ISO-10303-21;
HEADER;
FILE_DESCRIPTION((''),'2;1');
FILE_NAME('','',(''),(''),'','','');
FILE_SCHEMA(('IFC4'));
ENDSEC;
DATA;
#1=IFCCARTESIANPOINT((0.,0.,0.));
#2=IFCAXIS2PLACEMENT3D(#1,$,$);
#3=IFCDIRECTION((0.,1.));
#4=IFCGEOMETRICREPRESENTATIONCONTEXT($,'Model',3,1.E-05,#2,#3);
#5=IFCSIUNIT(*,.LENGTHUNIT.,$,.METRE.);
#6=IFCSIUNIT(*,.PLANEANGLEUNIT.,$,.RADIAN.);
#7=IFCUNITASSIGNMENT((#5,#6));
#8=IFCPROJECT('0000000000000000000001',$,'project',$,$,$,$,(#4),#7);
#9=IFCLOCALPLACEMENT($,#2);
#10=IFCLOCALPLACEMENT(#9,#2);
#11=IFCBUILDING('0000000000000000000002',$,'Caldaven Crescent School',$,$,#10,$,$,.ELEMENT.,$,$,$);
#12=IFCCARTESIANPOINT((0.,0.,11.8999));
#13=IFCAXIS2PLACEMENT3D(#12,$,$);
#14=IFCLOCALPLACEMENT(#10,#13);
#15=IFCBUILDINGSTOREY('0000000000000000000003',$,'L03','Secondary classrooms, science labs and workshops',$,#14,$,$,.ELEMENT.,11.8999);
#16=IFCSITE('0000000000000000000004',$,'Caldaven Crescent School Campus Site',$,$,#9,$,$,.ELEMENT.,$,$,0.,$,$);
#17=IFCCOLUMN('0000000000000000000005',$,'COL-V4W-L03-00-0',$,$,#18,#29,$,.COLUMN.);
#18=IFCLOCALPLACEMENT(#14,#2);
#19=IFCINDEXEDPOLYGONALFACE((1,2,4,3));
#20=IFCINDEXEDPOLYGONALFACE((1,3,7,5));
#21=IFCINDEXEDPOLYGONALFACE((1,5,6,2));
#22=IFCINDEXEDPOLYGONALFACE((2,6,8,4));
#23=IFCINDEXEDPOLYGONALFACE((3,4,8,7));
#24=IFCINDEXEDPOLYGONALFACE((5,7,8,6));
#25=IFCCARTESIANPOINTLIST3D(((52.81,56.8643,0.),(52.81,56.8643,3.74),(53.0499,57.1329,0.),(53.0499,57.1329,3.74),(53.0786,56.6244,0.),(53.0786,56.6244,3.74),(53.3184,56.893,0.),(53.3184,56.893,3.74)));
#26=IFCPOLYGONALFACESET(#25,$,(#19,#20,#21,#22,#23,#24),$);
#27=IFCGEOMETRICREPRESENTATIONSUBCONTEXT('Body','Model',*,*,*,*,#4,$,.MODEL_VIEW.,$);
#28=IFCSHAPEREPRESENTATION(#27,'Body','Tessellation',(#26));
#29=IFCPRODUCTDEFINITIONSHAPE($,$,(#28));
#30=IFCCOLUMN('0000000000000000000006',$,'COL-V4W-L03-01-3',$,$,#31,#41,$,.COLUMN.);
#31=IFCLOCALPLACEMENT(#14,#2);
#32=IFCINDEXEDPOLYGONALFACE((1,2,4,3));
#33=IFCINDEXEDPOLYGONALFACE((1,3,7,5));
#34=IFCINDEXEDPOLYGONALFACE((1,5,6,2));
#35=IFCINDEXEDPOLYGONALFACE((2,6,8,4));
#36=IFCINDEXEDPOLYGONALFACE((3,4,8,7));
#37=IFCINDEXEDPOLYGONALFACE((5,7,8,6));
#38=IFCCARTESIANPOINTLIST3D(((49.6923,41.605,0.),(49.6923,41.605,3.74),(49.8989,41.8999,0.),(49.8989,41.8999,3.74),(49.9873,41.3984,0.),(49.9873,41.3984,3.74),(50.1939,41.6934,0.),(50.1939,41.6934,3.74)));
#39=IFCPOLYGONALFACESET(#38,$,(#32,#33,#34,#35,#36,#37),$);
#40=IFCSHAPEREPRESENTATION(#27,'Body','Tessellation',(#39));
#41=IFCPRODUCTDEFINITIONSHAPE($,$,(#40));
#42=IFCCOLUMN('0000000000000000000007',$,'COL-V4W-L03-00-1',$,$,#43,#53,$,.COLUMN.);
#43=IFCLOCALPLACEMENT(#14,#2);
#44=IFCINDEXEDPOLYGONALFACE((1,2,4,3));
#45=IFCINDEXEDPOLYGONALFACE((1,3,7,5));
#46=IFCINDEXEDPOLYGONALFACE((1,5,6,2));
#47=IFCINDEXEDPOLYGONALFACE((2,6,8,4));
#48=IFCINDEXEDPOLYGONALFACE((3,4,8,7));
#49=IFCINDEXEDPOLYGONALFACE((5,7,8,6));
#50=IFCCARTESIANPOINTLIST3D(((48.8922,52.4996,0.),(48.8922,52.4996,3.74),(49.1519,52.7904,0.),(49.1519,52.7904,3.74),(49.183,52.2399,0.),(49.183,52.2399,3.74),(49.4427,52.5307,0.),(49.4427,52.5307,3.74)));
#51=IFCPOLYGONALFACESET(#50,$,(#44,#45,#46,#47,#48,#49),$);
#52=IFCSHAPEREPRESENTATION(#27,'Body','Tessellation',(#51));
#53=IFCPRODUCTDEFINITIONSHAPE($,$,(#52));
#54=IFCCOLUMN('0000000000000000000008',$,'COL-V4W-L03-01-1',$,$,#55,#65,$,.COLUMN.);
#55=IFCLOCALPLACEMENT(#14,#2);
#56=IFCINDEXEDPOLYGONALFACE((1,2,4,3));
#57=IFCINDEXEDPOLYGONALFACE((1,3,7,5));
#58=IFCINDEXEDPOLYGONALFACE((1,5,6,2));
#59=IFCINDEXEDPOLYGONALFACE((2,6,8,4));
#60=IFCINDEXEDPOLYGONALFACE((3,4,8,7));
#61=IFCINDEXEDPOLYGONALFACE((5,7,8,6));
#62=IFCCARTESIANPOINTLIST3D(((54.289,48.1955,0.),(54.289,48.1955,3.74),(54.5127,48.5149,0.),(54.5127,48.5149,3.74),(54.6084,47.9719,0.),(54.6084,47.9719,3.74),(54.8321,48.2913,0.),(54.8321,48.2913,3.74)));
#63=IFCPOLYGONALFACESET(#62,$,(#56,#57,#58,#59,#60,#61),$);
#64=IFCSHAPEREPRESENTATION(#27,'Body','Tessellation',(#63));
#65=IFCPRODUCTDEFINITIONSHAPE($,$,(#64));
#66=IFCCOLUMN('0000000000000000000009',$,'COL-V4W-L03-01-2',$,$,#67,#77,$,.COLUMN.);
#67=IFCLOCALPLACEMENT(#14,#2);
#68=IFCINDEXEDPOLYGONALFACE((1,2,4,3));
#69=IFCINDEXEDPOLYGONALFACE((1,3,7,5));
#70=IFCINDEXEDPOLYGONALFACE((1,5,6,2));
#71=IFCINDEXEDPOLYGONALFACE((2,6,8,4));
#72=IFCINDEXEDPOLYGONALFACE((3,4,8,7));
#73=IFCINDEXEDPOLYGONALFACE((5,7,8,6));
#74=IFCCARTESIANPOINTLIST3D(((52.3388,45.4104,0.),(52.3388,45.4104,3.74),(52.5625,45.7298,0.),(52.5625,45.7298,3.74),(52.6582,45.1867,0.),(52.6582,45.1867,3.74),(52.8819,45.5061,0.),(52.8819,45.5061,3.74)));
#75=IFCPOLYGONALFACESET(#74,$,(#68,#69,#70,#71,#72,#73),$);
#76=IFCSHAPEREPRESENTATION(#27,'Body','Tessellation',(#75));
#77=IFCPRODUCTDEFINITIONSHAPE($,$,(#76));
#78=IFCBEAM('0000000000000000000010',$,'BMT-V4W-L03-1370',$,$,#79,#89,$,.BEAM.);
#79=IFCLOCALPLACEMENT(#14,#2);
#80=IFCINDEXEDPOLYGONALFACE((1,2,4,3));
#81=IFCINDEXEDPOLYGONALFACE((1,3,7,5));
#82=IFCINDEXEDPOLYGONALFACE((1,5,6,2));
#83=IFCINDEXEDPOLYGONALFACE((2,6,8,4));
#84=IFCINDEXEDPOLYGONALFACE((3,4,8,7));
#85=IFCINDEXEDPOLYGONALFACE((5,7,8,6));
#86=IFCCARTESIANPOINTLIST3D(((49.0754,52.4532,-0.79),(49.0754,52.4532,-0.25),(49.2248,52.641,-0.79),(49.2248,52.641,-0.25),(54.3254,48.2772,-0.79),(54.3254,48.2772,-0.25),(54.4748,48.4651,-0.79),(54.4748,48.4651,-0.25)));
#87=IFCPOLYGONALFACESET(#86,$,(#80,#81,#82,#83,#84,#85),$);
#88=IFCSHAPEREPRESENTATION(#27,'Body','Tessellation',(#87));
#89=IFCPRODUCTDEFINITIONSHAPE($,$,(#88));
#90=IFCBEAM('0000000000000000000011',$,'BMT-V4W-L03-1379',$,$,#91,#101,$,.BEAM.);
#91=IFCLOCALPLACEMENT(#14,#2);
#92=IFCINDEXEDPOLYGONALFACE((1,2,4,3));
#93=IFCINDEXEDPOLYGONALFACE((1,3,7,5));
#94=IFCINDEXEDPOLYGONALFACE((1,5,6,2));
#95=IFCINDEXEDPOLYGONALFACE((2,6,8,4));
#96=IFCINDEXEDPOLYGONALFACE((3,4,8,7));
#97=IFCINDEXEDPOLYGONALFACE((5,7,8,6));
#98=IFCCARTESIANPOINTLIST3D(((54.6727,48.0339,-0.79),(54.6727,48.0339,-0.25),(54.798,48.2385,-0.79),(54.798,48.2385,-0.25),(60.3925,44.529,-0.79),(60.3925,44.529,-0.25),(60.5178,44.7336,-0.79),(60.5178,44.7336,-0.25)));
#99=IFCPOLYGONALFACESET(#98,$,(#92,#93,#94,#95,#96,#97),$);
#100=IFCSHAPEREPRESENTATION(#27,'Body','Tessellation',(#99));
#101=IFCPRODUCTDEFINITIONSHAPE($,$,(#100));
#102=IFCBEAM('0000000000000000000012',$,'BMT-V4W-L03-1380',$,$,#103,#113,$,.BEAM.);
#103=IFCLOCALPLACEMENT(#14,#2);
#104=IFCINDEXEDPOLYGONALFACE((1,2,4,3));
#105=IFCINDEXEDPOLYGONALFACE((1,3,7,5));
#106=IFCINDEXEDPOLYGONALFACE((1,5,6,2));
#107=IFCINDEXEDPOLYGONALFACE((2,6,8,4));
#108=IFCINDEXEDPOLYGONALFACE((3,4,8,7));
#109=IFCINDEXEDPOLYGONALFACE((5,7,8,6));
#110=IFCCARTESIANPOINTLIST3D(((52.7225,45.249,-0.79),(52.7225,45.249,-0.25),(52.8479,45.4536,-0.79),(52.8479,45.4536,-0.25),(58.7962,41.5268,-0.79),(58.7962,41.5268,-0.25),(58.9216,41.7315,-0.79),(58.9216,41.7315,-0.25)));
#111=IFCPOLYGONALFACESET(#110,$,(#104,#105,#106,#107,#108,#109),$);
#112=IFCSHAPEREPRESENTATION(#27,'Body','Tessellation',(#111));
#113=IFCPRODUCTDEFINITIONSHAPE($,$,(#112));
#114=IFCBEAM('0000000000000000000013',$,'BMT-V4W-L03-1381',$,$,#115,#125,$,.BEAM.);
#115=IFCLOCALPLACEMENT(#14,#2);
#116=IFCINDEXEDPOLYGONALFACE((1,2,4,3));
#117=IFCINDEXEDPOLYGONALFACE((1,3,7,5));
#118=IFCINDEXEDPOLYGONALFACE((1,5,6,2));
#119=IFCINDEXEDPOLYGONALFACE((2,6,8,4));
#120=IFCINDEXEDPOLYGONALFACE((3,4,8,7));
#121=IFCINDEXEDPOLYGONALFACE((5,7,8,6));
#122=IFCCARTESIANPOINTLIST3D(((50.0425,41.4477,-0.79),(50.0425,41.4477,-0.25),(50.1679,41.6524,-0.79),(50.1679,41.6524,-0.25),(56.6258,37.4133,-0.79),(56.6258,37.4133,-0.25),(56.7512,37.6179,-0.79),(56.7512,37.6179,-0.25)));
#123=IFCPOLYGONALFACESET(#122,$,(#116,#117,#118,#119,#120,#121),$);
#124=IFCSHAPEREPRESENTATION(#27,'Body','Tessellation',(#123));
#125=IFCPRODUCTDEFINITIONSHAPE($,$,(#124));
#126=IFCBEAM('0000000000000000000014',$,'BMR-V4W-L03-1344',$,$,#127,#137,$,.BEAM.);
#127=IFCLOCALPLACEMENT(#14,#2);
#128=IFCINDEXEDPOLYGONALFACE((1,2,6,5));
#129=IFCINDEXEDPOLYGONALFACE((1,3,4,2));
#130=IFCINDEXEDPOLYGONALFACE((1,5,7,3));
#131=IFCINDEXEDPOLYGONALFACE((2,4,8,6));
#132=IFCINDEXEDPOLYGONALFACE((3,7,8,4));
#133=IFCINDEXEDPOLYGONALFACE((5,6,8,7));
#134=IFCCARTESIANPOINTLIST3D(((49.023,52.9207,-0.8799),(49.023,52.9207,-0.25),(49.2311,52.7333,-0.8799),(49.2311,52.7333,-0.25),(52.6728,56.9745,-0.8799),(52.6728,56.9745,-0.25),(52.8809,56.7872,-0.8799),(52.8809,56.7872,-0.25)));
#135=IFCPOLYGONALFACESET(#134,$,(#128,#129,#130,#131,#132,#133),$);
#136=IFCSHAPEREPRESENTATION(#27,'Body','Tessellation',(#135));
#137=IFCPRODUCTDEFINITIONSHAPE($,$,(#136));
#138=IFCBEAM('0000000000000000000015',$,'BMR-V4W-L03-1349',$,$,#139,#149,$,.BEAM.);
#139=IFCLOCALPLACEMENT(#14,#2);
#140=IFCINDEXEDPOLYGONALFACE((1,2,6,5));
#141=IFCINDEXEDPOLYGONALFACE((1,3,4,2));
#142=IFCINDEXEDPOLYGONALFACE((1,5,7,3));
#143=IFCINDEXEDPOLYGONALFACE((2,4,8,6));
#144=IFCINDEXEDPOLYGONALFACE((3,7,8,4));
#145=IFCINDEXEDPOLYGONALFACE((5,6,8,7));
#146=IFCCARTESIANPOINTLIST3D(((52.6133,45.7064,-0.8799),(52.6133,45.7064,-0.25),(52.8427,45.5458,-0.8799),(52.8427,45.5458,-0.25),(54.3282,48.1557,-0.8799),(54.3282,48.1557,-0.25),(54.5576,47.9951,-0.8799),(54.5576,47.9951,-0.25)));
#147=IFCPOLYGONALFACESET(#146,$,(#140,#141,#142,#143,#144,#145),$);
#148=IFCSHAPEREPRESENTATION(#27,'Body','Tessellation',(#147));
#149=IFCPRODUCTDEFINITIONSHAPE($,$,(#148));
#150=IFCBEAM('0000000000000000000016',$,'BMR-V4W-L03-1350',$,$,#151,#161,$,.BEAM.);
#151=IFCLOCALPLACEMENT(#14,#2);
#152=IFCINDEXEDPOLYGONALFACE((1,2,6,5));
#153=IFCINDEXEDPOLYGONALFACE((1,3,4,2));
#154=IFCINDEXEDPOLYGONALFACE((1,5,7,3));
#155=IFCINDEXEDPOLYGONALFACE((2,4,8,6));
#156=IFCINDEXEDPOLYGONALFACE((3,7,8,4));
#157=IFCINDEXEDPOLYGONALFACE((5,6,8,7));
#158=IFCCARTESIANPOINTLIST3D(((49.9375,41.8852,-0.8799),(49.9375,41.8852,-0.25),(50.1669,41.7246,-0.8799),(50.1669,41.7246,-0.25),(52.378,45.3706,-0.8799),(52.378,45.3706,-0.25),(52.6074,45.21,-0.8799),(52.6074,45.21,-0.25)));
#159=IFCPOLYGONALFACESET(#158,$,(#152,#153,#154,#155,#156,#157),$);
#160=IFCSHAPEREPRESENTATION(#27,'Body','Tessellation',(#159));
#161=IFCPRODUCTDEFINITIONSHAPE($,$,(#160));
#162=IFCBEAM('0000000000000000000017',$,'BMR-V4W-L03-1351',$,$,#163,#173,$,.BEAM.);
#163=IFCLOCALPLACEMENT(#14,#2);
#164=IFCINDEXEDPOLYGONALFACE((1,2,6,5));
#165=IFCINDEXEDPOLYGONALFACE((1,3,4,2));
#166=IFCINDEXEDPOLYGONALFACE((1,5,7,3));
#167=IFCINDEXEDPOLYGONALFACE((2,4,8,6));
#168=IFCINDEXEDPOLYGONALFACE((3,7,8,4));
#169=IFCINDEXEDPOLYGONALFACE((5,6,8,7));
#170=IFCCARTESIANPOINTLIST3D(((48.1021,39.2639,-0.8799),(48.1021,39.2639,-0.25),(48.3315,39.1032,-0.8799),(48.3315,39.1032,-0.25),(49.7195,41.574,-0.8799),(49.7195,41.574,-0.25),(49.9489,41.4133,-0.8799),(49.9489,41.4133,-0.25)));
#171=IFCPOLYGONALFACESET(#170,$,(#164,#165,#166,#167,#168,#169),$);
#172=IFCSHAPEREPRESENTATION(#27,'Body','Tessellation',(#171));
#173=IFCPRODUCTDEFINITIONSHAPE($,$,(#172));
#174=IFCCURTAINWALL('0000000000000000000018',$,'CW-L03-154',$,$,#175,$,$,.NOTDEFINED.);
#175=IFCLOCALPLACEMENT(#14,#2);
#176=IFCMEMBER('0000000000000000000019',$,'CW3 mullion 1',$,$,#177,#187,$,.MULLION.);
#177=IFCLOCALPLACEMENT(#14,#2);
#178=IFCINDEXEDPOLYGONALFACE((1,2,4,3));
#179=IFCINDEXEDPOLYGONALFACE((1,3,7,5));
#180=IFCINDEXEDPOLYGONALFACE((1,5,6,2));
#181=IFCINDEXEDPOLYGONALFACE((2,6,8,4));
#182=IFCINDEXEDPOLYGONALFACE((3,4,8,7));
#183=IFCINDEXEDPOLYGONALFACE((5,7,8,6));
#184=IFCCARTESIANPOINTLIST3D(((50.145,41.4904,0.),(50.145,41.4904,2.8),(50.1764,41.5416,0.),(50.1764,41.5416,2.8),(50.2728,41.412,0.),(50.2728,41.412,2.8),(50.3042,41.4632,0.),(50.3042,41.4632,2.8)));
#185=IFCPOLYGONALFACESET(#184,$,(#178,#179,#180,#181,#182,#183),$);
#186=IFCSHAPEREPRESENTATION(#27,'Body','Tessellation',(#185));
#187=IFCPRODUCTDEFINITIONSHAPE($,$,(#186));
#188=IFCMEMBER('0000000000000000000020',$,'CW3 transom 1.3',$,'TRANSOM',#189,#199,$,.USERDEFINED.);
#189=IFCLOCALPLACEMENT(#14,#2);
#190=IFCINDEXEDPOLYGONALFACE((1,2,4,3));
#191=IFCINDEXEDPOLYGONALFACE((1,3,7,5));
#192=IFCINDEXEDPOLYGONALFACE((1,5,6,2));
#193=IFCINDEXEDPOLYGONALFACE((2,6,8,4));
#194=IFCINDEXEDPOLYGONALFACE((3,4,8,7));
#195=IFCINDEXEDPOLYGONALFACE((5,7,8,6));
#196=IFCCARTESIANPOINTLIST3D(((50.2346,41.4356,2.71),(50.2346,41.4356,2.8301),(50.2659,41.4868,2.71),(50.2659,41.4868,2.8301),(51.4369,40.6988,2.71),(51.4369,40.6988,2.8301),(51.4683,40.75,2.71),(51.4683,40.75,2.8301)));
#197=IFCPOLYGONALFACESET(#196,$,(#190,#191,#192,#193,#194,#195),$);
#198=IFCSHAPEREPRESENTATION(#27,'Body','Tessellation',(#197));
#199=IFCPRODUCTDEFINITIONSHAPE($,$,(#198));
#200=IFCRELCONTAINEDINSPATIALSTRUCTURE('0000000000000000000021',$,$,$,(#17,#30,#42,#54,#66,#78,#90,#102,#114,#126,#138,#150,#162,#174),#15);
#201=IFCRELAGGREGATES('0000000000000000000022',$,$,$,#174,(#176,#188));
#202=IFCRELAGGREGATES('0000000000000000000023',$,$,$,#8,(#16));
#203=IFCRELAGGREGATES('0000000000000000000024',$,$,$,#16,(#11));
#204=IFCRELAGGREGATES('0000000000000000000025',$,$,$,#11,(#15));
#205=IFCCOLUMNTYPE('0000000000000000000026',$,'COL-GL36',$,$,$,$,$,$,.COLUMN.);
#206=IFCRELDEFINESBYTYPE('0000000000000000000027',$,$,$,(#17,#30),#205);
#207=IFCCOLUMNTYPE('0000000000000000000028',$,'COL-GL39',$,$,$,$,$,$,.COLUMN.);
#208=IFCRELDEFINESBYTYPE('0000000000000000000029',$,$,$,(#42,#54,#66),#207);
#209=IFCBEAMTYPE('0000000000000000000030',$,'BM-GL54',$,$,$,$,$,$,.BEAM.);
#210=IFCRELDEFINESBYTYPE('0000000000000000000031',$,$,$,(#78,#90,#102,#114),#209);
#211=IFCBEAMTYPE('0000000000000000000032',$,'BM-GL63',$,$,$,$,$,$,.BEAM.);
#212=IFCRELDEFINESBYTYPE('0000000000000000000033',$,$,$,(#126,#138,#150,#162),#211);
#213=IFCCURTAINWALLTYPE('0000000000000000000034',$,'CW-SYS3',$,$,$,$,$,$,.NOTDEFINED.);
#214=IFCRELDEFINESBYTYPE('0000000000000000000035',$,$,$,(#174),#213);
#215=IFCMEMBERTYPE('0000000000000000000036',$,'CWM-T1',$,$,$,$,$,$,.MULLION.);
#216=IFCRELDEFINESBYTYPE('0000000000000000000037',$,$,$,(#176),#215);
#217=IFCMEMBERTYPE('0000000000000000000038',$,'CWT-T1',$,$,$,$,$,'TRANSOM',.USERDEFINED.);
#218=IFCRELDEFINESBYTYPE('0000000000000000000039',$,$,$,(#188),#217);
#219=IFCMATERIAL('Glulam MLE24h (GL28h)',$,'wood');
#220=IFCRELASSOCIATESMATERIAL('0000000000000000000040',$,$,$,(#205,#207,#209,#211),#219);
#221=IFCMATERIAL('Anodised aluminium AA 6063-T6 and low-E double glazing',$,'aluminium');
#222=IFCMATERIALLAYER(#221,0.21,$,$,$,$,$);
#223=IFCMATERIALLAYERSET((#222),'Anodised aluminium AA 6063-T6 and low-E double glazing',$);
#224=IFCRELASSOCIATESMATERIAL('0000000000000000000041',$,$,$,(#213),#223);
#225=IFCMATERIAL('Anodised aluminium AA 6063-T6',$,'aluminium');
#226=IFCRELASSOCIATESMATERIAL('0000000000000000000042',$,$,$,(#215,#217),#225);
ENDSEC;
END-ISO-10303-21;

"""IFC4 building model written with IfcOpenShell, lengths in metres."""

from ifc_helpers import new_model, si_unit, direction, frame, origin, origin_2d, place, context, subcontext, project, spatial, rectangle, extrude, material, layer, layer_set, material_profile, profile_set, type_object, element, aggregate, save


model = new_model("IFC4")

# Units and contexts
model_context = context("Model", 3, precision=1e-05, world=origin(), true_north=direction((0.0, 1.0)))
body_context = subcontext(model_context, "Body", "Model", "MODEL_VIEW")
ifc_project = project(units=[si_unit("LENGTHUNIT", "METRE"), si_unit("PLANEANGLEUNIT", "RADIAN")], contexts=[model_context])

# Site, building, storey
site_placement = place(None, origin())
site = spatial("IfcSite", under=ifc_project, at=site_placement, Name="Caldaven Crescent School Campus Site", CompositionType="ELEMENT", RefElevation=0.0)
building_placement = place(site_placement, origin())
building = spatial("IfcBuilding", under=site, at=building_placement, Name="Caldaven Crescent School", CompositionType="ELEMENT")
storey_placement = place(building_placement, frame((0.0, 0.0, 11.8999)))
storey = spatial("IfcBuildingStorey", under=building, at=storey_placement, Name="L03", Description="Secondary classrooms, science labs and workshops", CompositionType="ELEMENT", Elevation=11.8999)

# Columns
ifc_material_1 = material(Name="Glulam MLE24h (GL28h)", Category="wood")
ifc_material_profile_1 = material_profile(ifc_material_1, rectangle(XDim=0.3601, YDim=0.3601, at=origin_2d()), Name="MLE 360x360")
ifc_profile_set_1 = profile_set([ifc_material_profile_1], Name="Glulam MLE24h (GL28h)")
column_type_1 = type_object("IfcColumnType", Name="COL-GL36", PredefinedType="COLUMN", material=ifc_profile_set_1)
for number, where, z_axis, x_axis, name in (
    (1, (53.0642, 56.8787, 0.0), (0.0, 0.0, 1.0), (-0.666142, -0.745825, 0.0), "COL-V4W-L03-00-0"),
    (2, (49.9431, 41.6492, 0.0), (0.0, 0.0, 1.0), (-0.573576, -0.819152, 0.0), "COL-V4W-L03-01-3"),
):
    element("IfcColumn", number, at=place(storey_placement, frame(where, z_axis=z_axis, x_axis=x_axis)), inside=storey, type_object=column_type_1, Name=name, PredefinedType="COLUMN", context=body_context, shape_type="SweptSolid", body=[
        extrude(rectangle(XDim=0.3601, YDim=0.3601, at=origin_2d()), origin(), (0.0, 0.0, 1.0), 3.74),
    ])
ifc_material_profile_2 = material_profile(ifc_material_1, rectangle(XDim=0.3899, YDim=0.3899, at=origin_2d()), Name="MLE 390x390")
ifc_profile_set_2 = profile_set([ifc_material_profile_2], Name="Glulam MLE24h (GL28h)")
column_type_2 = type_object("IfcColumnType", Name="COL-GL39", PredefinedType="COLUMN", material=ifc_profile_set_2)
for number, where, z_axis, x_axis, name in (
    (3, (49.1675, 52.5151, 0.0), (0.0, 0.0, 1.0), (-0.666142, -0.745825, 0.0), "COL-V4W-L03-00-1"),
    (4, (54.5605, 48.2434, 0.0), (0.0, 0.0, 1.0), (-0.573576, -0.819152, 0.0), "COL-V4W-L03-01-1"),
    (5, (52.6104, 45.4583, 0.0), (0.0, 0.0, 1.0), (-0.573576, -0.819152, 0.0), "COL-V4W-L03-01-2"),
):
    element("IfcColumn", number, at=place(storey_placement, frame(where, z_axis=z_axis, x_axis=x_axis)), inside=storey, type_object=column_type_2, Name=name, PredefinedType="COLUMN", context=body_context, shape_type="SweptSolid", body=[
        extrude(rectangle(XDim=0.3899, YDim=0.3899, at=origin_2d()), origin(), (0.0, 0.0, 1.0), 3.74),
    ])

# Beams
ifc_material_profile_3 = material_profile(ifc_material_1, rectangle(XDim=0.24, YDim=0.54, at=origin_2d()), Name="MLE 240x540")
ifc_profile_set_3 = profile_set([ifc_material_profile_3], Name="Glulam MLE24h (GL28h)")
beam_type_1 = type_object("IfcBeamType", Name="BM-GL54", PredefinedType="BEAM", material=ifc_profile_set_3)
for number, where, z_axis, x_axis, name in (
    (6, (49.1501, 52.5471, -0.52), (0.782609, -0.622513, 0.0), (0.622513, 0.782609, 0.0), "BMT-V4W-L03-1370"),
    (7, (54.7354, 48.1362, -0.52), (0.852651, -0.52248, 0.0), (0.52248, 0.852651, 0.0), "BMT-V4W-L03-1379"),
):
    element("IfcBeam", number, at=place(storey_placement, frame(where, z_axis=z_axis, x_axis=x_axis)), inside=storey, type_object=beam_type_1, Name=name, PredefinedType="BEAM", context=body_context, shape_type="SweptSolid", body=[
        extrude(rectangle(XDim=0.24, YDim=0.54, at=origin_2d()), origin(), (0.0, 0.0, 1.0), 6.7083),
    ])
beam_1_placement = place(storey_placement, frame((52.7852, 45.3513, -0.52), z_axis=(0.852629, -0.522517, 0.0), x_axis=(0.522517, 0.852629, 0.0)))
element("IfcBeam", 8, at=beam_1_placement, inside=storey, type_object=beam_type_1, Name="BMT-V4W-L03-1380", PredefinedType="BEAM", context=body_context, shape_type="SweptSolid", body=[
    extrude(rectangle(XDim=0.24, YDim=0.54, at=origin_2d()), origin(), (0.0, 0.0, 1.0), 7.1235),
])
beam_2_placement = place(storey_placement, frame((50.1052, 41.55, -0.52), z_axis=(0.852629, -0.522518, 0.0), x_axis=(0.522518, 0.852629, 0.0)))
element("IfcBeam", 9, at=beam_2_placement, inside=storey, type_object=beam_type_1, Name="BMT-V4W-L03-1381", PredefinedType="BEAM", context=body_context, shape_type="SweptSolid", body=[
    extrude(rectangle(XDim=0.24, YDim=0.54, at=origin_2d()), origin(), (0.0, 0.0, 1.0), 7.7212),
])
ifc_material_profile_4 = material_profile(ifc_material_1, rectangle(XDim=0.28, YDim=0.6299, at=origin_2d()), Name="MLE 280x630")
ifc_profile_set_4 = profile_set([ifc_material_profile_4], Name="Glulam MLE24h (GL28h)")
beam_type_2 = type_object("IfcBeamType", Name="BM-GL63", PredefinedType="BEAM", material=ifc_profile_set_4)
beam_3_placement = place(storey_placement, frame((52.7769, 56.8809, -0.5649), z_axis=(-0.669101, -0.743172, 0.0), x_axis=(0.743172, -0.669101, 0.0)))
element("IfcBeam", 10, at=beam_3_placement, inside=storey, type_object=beam_type_2, Name="BMR-V4W-L03-1344", PredefinedType="BEAM", context=body_context, shape_type="SweptSolid", body=[
    extrude(rectangle(XDim=0.28, YDim=0.6299, at=origin_2d()), origin(), (0.0, 0.0, 1.0), 5.4548),
])
beam_4_placement = place(storey_placement, frame((54.4429, 48.0754, -0.5649), z_axis=(-0.57355, -0.819171, 0.0), x_axis=(0.819171, -0.57355, 0.0)))
element("IfcBeam", 11, at=beam_4_placement, inside=storey, type_object=beam_type_2, Name="BMR-V4W-L03-1349", PredefinedType="BEAM", context=body_context, shape_type="SweptSolid", body=[
    extrude(rectangle(XDim=0.28, YDim=0.6299, at=origin_2d()), origin(), (0.0, 0.0, 1.0), 2.99),
])
beam_5_placement = place(storey_placement, frame((52.4927, 45.2903, -0.5649), z_axis=(-0.57357, -0.819156, 0.0), x_axis=(0.819156, -0.57357, 0.0)))
element("IfcBeam", 12, at=beam_5_placement, inside=storey, type_object=beam_type_2, Name="BMR-V4W-L03-1350", PredefinedType="BEAM", context=body_context, shape_type="SweptSolid", body=[
    extrude(rectangle(XDim=0.28, YDim=0.6299, at=origin_2d()), origin(), (0.0, 0.0, 1.0), 4.2549),
])
beam_6_placement = place(storey_placement, frame((49.8342, 41.4937, -0.5649), z_axis=(-0.573555, -0.819167, 0.0), x_axis=(0.819167, -0.573555, 0.0)))
element("IfcBeam", 13, at=beam_6_placement, inside=storey, type_object=beam_type_2, Name="BMR-V4W-L03-1351", PredefinedType="BEAM", context=body_context, shape_type="SweptSolid", body=[
    extrude(rectangle(XDim=0.28, YDim=0.6299, at=origin_2d()), origin(), (0.0, 0.0, 1.0), 2.8201),
])

# Curtain wall, members
ifc_material_2 = material(Name="Anodised aluminium AA 6063-T6 and low-E double glazing", Category="aluminium")
ifc_layer_1 = layer(ifc_material_2, 0.21)
ifc_layer_set_1 = layer_set([ifc_layer_1], Name="Anodised aluminium AA 6063-T6 and low-E double glazing")
curtain_wall_type = type_object("IfcCurtainWallType", Name="CW-SYS3", PredefinedType="NOTDEFINED", material=ifc_layer_set_1)
curtain_wall_placement = place(storey_placement, origin())
curtain_wall = element("IfcCurtainWall", 14, at=curtain_wall_placement, inside=storey, type_object=curtain_wall_type, Name="CW-L03-154", PredefinedType="NOTDEFINED")
ifc_material_3 = material(Name="Anodised aluminium AA 6063-T6", Category="aluminium")
ifc_material_profile_5 = material_profile(ifc_material_3, rectangle(XDim=0.0601, YDim=0.1499, at=origin_2d()), Name="CWM 60x150")
ifc_profile_set_5 = profile_set([ifc_material_profile_5], Name="Anodised aluminium AA 6063-T6")
member_type_1 = type_object("IfcMemberType", Name="CWM-T1", PredefinedType="MULLION", material=ifc_profile_set_5)
member_1_placement = place(storey_placement, frame((50.2246, 41.4768, 0.0), z_axis=(0.0, 0.0, 1.0), x_axis=(0.522498, 0.85264, 0.0)))
member_1 = element("IfcMember", 15, at=member_1_placement, type_object=member_type_1, Name="CW3 mullion 1", PredefinedType="MULLION", context=body_context, shape_type="SweptSolid", body=[
    extrude(rectangle(XDim=0.0601, YDim=0.1499, at=origin_2d()), origin(), (0.0, 0.0, 1.0), 2.8),
])
ifc_material_profile_6 = material_profile(ifc_material_3, rectangle(XDim=0.0601, YDim=0.1201, at=origin_2d()), Name="CWT 60x120")
ifc_profile_set_6 = profile_set([ifc_material_profile_6], Name="Anodised aluminium AA 6063-T6")
member_type_2 = type_object("IfcMemberType", Name="CWT-T1", ElementType="TRANSOM", PredefinedType="USERDEFINED", material=ifc_profile_set_6)
member_2_placement = place(storey_placement, frame((50.2502, 41.4612, 2.77), z_axis=(0.852644, -0.522493, 0.0), x_axis=(0.522493, 0.852644, 0.0)))
member_2 = element("IfcMember", 16, at=member_2_placement, type_object=member_type_2, Name="CW3 transom 1.3", ObjectType="TRANSOM", PredefinedType="USERDEFINED", context=body_context, shape_type="SweptSolid", body=[
    extrude(rectangle(XDim=0.0601, YDim=0.1201, at=origin_2d()), origin(), (0.0, 0.0, 1.0), 1.4102),
])
aggregate(curtain_wall, [member_1, member_2])

save(model, "model.ifc")
